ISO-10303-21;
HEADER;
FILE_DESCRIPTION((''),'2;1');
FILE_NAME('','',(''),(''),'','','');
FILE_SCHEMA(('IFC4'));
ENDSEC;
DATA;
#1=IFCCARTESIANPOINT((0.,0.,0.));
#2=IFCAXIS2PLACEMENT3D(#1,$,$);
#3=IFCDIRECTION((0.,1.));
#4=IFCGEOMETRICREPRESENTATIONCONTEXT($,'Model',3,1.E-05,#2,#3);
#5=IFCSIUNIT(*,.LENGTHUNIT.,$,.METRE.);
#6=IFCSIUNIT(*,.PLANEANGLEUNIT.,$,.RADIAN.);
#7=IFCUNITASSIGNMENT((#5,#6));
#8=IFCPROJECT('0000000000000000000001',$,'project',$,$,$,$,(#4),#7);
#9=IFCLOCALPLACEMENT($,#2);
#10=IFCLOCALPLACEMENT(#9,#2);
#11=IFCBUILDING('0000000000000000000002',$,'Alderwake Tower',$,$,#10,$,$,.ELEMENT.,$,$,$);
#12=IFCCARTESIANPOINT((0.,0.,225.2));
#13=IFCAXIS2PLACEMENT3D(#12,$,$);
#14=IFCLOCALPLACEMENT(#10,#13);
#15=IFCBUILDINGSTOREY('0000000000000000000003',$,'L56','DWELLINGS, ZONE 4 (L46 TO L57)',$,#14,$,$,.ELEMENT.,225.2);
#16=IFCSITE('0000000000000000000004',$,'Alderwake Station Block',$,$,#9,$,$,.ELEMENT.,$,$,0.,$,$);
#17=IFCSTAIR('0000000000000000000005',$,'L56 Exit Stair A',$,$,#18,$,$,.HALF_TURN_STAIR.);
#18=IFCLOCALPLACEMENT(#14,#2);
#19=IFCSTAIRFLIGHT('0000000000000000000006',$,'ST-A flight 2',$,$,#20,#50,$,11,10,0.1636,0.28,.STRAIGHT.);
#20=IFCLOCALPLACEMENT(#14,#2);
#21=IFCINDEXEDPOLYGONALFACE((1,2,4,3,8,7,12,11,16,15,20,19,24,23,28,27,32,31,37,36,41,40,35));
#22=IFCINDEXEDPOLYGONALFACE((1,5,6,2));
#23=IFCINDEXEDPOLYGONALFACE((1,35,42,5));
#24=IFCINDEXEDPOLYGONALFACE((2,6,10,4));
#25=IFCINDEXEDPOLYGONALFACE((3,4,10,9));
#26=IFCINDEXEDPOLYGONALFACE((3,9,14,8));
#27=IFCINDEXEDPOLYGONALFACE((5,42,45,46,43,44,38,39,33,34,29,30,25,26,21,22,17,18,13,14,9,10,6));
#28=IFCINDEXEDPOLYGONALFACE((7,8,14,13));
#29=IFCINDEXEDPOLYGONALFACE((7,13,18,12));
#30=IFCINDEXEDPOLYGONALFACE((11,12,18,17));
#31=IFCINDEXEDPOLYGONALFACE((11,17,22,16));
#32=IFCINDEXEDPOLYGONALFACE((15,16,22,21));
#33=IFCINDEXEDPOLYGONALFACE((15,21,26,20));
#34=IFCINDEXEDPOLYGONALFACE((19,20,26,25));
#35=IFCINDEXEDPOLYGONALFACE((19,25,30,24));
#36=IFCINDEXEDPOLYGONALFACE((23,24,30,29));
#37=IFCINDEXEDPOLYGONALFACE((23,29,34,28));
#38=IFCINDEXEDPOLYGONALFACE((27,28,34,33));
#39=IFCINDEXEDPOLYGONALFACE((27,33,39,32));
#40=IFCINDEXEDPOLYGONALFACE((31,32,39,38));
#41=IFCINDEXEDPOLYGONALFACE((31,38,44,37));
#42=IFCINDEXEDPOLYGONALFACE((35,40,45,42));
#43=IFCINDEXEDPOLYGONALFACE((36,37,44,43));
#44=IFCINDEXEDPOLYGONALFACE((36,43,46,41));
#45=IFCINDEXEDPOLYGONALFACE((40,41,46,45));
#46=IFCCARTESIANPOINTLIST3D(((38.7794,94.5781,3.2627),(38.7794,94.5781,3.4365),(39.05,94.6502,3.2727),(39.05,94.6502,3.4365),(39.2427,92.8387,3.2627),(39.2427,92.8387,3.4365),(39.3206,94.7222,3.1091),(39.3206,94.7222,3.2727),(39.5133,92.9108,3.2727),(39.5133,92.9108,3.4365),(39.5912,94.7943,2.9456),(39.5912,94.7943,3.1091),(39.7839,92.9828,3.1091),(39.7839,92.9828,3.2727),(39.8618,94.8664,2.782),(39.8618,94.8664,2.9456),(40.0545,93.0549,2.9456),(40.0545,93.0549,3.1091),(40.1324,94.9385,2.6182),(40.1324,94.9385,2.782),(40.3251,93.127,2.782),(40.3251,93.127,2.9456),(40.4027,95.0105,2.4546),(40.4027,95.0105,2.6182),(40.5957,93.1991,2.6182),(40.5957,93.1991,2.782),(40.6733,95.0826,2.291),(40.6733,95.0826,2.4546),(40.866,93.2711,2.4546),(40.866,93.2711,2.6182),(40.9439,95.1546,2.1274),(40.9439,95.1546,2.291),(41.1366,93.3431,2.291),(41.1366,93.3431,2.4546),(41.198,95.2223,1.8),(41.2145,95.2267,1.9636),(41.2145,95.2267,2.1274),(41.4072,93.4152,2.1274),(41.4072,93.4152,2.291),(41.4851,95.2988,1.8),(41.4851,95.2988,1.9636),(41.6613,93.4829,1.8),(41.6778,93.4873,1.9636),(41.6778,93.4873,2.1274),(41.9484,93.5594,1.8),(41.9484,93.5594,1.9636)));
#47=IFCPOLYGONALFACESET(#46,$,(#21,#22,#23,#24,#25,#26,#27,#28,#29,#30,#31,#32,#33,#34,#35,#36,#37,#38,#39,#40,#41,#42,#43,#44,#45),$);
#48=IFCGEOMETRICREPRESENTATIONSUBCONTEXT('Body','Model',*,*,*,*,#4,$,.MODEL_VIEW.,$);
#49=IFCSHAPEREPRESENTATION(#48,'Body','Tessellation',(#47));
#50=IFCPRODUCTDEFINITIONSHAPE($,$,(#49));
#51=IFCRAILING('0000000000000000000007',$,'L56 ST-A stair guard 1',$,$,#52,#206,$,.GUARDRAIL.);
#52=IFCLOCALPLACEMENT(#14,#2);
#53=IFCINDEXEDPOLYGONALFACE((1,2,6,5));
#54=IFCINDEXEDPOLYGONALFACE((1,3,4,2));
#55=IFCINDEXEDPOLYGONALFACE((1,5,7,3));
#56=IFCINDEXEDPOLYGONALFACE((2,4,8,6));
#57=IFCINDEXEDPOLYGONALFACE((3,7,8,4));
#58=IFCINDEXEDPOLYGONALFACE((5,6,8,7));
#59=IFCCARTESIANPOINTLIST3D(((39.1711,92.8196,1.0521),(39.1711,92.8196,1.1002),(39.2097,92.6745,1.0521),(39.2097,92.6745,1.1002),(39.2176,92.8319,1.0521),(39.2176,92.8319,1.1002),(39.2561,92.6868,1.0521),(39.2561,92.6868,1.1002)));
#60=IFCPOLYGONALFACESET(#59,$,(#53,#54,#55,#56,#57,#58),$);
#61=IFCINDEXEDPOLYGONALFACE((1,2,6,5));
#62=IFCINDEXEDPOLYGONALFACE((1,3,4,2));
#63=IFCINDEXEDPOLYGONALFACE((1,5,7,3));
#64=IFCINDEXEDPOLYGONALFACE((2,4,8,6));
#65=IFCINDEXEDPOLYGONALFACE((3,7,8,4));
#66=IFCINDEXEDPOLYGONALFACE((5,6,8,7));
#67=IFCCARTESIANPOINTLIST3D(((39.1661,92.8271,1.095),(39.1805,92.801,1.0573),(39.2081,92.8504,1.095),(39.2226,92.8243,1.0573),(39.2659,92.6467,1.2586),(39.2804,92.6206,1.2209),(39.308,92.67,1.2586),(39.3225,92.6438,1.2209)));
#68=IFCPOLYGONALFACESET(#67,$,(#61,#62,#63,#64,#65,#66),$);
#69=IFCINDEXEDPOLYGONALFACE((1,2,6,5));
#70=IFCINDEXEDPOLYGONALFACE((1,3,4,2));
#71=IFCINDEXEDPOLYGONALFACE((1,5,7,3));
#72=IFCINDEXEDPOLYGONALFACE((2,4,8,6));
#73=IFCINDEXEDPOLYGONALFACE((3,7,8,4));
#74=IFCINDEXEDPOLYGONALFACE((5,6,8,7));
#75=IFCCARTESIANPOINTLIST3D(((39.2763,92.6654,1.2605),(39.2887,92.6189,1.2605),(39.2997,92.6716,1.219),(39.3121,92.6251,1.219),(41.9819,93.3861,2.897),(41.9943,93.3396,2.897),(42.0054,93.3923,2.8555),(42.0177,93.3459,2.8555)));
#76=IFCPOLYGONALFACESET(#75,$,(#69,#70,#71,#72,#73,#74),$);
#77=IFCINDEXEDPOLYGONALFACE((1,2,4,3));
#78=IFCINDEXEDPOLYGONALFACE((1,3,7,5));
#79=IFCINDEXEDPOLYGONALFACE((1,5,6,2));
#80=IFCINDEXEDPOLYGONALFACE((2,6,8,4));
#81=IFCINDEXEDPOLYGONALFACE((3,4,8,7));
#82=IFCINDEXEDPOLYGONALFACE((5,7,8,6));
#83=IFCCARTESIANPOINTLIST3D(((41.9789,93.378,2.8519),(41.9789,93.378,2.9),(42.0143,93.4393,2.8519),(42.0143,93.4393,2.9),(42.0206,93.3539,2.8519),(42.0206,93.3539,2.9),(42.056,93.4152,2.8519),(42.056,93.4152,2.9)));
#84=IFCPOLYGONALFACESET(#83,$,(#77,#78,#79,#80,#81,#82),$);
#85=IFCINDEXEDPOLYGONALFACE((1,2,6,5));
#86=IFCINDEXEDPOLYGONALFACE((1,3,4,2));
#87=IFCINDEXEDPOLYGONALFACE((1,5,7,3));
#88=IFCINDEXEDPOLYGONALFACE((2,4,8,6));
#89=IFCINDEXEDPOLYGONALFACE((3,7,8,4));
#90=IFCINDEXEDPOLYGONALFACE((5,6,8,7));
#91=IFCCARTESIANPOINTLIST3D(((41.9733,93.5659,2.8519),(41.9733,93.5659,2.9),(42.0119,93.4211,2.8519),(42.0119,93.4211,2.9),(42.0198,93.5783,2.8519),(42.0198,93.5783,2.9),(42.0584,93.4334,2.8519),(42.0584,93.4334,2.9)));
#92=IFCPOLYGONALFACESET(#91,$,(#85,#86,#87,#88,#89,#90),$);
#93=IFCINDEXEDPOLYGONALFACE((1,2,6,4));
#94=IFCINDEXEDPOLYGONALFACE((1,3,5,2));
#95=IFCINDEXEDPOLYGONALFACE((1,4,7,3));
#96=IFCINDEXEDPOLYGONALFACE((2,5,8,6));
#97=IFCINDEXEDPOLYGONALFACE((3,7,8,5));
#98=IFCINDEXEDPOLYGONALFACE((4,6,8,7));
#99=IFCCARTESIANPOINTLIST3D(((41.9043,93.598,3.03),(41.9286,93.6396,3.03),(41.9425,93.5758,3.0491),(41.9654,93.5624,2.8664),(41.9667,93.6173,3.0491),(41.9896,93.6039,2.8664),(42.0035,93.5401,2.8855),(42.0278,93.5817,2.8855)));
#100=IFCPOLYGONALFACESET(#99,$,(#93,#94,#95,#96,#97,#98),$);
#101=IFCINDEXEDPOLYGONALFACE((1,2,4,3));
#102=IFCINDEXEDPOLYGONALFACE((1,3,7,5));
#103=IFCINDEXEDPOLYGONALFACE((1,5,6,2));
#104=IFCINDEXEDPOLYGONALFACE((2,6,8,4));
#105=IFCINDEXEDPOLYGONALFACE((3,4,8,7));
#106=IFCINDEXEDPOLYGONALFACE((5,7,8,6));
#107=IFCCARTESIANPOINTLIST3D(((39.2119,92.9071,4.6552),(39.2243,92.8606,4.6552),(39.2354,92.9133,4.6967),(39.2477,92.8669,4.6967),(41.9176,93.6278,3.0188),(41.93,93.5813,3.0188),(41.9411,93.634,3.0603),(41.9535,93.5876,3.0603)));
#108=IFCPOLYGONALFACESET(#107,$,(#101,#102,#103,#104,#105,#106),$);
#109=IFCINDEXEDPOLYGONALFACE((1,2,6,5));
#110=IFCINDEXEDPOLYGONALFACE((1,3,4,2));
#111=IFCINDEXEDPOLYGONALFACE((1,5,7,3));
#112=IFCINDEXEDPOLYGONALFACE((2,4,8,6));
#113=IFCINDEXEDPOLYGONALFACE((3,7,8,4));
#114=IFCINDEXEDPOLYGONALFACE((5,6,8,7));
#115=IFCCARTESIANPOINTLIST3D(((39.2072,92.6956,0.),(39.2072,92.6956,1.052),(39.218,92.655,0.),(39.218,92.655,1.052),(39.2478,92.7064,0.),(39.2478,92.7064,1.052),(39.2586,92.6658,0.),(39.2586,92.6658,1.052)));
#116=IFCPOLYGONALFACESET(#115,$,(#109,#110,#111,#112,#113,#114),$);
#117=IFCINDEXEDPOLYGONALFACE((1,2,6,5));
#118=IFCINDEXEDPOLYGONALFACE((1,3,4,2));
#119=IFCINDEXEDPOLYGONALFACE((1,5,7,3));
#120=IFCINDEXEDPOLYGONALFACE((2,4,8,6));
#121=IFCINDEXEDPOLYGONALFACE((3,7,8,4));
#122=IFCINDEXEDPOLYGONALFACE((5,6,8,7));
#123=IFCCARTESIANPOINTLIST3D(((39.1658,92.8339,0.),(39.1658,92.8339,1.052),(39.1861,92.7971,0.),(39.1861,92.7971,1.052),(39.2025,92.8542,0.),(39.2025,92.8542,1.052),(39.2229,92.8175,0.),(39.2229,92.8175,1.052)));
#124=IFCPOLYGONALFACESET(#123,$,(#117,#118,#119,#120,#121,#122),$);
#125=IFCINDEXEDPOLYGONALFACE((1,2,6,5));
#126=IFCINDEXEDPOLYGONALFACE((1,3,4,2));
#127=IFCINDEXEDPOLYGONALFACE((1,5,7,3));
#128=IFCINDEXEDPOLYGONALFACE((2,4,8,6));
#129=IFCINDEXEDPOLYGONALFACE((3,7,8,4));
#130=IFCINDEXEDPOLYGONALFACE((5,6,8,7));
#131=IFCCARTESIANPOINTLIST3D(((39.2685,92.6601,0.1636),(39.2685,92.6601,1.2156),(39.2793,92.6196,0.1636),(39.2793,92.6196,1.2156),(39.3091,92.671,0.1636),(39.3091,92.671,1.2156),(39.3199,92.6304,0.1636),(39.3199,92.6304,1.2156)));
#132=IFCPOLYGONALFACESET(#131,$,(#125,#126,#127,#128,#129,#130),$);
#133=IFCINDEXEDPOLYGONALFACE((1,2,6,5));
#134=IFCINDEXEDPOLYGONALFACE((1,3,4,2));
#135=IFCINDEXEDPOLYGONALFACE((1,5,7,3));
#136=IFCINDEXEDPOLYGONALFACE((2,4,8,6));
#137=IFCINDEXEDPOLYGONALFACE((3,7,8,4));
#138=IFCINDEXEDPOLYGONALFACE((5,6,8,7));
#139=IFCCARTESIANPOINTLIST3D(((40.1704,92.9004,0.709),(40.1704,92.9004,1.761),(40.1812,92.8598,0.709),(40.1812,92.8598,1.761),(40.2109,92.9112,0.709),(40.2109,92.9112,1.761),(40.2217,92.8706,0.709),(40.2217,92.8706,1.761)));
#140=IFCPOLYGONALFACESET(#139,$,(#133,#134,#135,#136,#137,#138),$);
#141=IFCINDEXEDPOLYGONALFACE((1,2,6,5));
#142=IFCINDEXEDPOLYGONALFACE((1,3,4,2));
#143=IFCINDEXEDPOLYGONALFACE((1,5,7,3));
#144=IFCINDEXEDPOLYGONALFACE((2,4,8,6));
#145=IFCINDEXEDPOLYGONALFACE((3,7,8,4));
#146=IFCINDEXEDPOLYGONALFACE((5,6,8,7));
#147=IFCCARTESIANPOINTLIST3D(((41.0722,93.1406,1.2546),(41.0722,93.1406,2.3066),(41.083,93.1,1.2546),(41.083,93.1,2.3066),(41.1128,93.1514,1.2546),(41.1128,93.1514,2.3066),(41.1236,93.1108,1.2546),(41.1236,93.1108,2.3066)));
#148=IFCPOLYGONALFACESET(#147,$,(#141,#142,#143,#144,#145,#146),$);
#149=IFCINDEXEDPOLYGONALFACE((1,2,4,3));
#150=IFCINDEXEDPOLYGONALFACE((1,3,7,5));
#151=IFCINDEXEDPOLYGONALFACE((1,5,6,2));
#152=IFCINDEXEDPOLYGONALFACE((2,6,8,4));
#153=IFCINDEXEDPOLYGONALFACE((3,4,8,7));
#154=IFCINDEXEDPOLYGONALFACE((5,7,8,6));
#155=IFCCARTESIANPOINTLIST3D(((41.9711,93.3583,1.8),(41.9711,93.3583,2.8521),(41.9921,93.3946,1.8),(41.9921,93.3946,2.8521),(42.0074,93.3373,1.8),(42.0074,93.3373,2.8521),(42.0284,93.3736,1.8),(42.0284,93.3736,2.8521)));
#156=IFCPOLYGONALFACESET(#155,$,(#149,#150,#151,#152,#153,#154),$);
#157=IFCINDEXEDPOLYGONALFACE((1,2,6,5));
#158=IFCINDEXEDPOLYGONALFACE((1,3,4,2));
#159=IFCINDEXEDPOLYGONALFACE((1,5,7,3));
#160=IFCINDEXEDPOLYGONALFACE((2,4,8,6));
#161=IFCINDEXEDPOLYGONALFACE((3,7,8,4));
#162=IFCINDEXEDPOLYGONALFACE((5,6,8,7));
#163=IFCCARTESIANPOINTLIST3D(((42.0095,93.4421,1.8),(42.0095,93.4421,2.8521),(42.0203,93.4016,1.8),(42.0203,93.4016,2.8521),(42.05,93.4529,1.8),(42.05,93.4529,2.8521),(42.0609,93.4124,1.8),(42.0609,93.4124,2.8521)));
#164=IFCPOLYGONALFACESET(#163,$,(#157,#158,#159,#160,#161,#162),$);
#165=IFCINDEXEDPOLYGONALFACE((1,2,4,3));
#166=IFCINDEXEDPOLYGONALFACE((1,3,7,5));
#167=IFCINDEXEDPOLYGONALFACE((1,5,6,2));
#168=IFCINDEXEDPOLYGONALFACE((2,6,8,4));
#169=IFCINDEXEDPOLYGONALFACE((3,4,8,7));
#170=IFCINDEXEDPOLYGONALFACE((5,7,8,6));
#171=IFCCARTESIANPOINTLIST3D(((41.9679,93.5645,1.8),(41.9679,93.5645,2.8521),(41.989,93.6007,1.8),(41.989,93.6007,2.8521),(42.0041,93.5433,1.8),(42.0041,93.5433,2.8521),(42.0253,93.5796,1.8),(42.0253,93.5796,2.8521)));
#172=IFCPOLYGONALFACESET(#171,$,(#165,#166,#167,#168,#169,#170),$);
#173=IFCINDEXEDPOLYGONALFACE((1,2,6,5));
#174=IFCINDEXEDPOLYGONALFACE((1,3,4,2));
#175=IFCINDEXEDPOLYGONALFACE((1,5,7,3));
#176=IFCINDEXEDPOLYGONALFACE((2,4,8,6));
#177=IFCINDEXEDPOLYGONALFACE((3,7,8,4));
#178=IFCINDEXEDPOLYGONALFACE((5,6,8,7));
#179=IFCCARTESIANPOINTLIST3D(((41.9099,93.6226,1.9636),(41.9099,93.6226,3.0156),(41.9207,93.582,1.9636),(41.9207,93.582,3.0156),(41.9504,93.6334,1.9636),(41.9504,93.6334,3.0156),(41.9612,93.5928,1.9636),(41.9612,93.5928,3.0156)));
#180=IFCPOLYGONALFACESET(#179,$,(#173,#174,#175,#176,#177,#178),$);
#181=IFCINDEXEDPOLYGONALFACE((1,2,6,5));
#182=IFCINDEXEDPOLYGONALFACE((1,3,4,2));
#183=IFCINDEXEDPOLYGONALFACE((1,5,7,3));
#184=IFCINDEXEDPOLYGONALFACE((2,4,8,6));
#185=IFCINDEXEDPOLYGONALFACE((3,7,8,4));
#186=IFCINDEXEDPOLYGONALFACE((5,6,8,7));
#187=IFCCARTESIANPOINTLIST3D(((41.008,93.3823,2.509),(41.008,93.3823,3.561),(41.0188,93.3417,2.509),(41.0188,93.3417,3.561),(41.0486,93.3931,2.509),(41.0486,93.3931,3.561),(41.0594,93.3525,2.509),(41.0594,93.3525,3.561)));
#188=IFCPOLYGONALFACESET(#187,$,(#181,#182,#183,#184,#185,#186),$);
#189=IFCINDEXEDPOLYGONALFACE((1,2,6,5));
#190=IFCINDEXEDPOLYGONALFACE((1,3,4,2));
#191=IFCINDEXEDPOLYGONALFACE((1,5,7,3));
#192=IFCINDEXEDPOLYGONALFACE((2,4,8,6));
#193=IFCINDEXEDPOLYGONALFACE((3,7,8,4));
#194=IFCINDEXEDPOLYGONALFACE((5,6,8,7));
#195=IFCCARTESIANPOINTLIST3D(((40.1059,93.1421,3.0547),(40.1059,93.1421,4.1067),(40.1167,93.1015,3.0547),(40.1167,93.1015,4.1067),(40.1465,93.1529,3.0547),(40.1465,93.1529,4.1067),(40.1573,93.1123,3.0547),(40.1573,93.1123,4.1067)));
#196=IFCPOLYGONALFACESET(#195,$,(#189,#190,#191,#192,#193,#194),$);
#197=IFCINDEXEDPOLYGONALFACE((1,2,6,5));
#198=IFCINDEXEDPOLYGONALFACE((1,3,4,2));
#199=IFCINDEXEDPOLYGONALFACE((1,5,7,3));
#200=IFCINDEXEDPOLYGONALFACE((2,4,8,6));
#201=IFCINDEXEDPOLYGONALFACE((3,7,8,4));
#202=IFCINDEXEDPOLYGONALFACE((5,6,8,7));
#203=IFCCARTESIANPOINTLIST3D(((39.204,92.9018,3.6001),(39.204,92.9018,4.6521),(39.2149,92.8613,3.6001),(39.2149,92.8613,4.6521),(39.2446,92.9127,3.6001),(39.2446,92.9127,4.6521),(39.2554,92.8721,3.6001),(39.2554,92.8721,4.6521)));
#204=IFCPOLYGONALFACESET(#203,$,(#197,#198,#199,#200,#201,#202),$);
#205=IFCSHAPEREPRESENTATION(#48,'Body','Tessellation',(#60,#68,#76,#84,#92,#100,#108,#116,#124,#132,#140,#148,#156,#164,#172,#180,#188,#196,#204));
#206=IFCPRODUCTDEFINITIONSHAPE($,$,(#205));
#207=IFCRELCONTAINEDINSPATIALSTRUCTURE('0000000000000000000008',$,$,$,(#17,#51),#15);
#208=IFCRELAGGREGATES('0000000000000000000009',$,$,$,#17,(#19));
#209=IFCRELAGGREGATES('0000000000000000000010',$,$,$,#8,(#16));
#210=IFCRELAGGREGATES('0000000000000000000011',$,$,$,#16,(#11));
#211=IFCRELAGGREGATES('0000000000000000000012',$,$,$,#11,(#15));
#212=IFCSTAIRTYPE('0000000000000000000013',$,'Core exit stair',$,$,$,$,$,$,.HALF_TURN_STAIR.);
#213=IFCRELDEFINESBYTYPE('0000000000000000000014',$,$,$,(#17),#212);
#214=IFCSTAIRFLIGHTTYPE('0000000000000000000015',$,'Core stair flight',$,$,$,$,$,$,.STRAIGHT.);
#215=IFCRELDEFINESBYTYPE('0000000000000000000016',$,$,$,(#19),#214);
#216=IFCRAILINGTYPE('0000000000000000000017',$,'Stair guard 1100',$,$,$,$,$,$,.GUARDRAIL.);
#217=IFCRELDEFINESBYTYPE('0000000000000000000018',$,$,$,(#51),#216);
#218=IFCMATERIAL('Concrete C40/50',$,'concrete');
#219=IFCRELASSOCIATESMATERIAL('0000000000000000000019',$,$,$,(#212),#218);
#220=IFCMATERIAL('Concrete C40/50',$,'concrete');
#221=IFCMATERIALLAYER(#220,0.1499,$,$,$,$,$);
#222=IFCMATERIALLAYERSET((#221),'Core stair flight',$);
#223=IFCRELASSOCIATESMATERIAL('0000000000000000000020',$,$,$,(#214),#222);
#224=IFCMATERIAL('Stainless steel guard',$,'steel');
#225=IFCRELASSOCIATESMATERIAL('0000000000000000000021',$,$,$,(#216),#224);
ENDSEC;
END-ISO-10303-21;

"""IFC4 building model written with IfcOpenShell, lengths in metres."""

from ifc_helpers import new_model, si_unit, direction, frame, origin, origin_2d, place, context, subcontext, project, spatial, polyline, rectangle, outline, extrude, material, layer, layer_set, type_object, element, aggregate, save


model = new_model("IFC4")

# Units and contexts
model_context = context("Model", 3, precision=1e-05, world=origin(), true_north=direction((0.0, 1.0)))
body_context = subcontext(model_context, "Body", "Model", "MODEL_VIEW")
ifc_project = project(units=[si_unit("LENGTHUNIT", "METRE"), si_unit("PLANEANGLEUNIT", "RADIAN")], contexts=[model_context])

# Site, building, storey
site_placement = place(None, origin())
site = spatial("IfcSite", under=ifc_project, at=site_placement, Name="Alderwake Station Block", CompositionType="ELEMENT", RefElevation=0.0)
building_placement = place(site_placement, origin())
building = spatial("IfcBuilding", under=site, at=building_placement, Name="Alderwake Tower", CompositionType="ELEMENT")
storey_placement = place(building_placement, frame((0.0, 0.0, 225.2)))
storey = spatial("IfcBuildingStorey", under=building, at=storey_placement, Name="L56", Description="DWELLINGS, ZONE 4 (L46 TO L57)", CompositionType="ELEMENT", Elevation=225.2)

# Stair, stair flight
ifc_material_1 = material(Name="Concrete C40/50", Category="concrete")
stair_type = type_object("IfcStairType", Name="Core exit stair", PredefinedType="HALF_TURN_STAIR", material=ifc_material_1)
stair_placement = place(storey_placement, origin())
stair = element("IfcStair", 1, at=stair_placement, inside=storey, type_object=stair_type, Name="L56 Exit Stair A", PredefinedType="HALF_TURN_STAIR")
ifc_material_2 = material(Name="Concrete C40/50", Category="concrete")
ifc_layer_1 = layer(ifc_material_2, 0.1499)
ifc_layer_set_1 = layer_set([ifc_layer_1], Name="Core stair flight")
stair_flight_type = type_object("IfcStairFlightType", Name="Core stair flight", PredefinedType="STRAIGHT", material=ifc_layer_set_1)
stair_flight_1_placement = place(storey_placement, frame((41.7168, 94.429, 1.8), z_axis=(0.0, 0.0, 1.0), x_axis=(-0.96631, -0.257382, 0.0)))
stair_flight_1 = element("IfcStairFlight", 2, at=stair_flight_1_placement, type_object=stair_flight_type, Name="ST-A flight 2", NumberOfRisers=11, NumberOfTreads=10, PredefinedType="STRAIGHT", RiserHeight=0.1636, TreadLength=0.28, context=body_context, shape_type="SweptSolid", body=[
    extrude(outline(polyline([(0.0, 0.0), (0.0, 0.1636), (0.28, 0.1636), (0.28, 0.3274), (0.5601, 0.3274), (0.5601, 0.491), (0.8401, 0.491), (0.8401, 0.6545), (1.1201, 0.6545), (1.1201, 0.8181), (1.3999, 0.8181), (1.3999, 0.9819), (1.6799, 0.9819), (1.6799, 1.1455), (1.96, 1.1455), (1.96, 1.3091), (2.24, 1.3091), (2.24, 1.4727), (2.52, 1.4727), (2.52, 1.6365), (2.8, 1.6365), (2.8, 1.8), (2.8, 1.4626), (0.2971, 0.0), (0.0, 0.0)])), frame((0.0, 0.8999, 0.0), z_axis=(0.0, -1.0, 0.0), x_axis=(1.0, 0.0, 0.0)), (0.0, 0.0, 1.0), 1.8),
])
aggregate(stair, [stair_flight_1])

# Railing
ifc_material_3 = material(Name="Stainless steel guard", Category="steel")
railing_type_1 = type_object("IfcRailingType", Name="Stair guard 1100", PredefinedType="GUARDRAIL", material=ifc_material_3)
railing_1_placement = place(storey_placement, frame((39.2329, 92.6807, 0.0)))
element("IfcRailing", 3, at=railing_1_placement, inside=storey, type_object=railing_type_1, Name="L56 ST-A stair guard 1", PredefinedType="GUARDRAIL", context=body_context, shape_type="SweptSolid", body=[
    extrude(rectangle(XDim=0.0481, YDim=0.0481, at=origin_2d()), frame((0.0, 0.0, 1.0762), z_axis=(-0.257055, 0.966397, 0.0), x_axis=(-0.966397, -0.257055, 0.0)), (0.0, 0.0, 1.0), 0.1501),
    extrude(rectangle(XDim=0.0481, YDim=0.0481, at=origin_2d()), frame((-0.0386, 0.145, 1.0762), z_axis=(0.379371, -0.685464, 0.621463), x_axis=(0.874938, 0.484235, 0.0)), (0.0, 0.0, 1.0), 0.2632),
    extrude(rectangle(XDim=0.0481, YDim=0.0481, at=origin_2d()), frame((0.0613, -0.0354, 1.2397), z_axis=(0.834259, 0.222228, 0.504605), x_axis=(-0.257402, 0.966304, 0.0)), (0.0, 0.0, 1.0), 3.2432),
    extrude(rectangle(XDim=0.0481, YDim=0.0481, at=origin_2d()), frame((2.7668, 0.6853, 2.876), z_axis=(0.50022, 0.865898, 0.0), x_axis=(-0.865898, 0.50022, 0.0)), (0.0, 0.0, 1.0), 0.0708),
    extrude(rectangle(XDim=0.0481, YDim=0.0481, at=origin_2d()), frame((2.8022, 0.7466, 2.876), z_axis=(-0.25746, 0.966289, 0.0), x_axis=(-0.966289, -0.25746, 0.0)), (0.0, 0.0, 1.0), 0.1499),
    extrude(rectangle(XDim=0.0481, YDim=0.0481, at=origin_2d()), frame((2.7637, 0.8914, 2.876), z_axis=(-0.342525, 0.200035, 0.917967), x_axis=(-0.5043, -0.863528, 0.0)), (0.0, 0.0, 1.0), 0.1782),
    extrude(rectangle(XDim=0.0481, YDim=0.0481, at=origin_2d()), frame((2.7026, 0.927, 3.0396), z_axis=(-0.834282, -0.222214, 0.504574), x_axis=(0.25738, -0.96631, 0.0)), (0.0, 0.0, 1.0), 3.2432),
    extrude(rectangle(XDim=0.042, YDim=0.042, at=origin_2d()), frame((0.0, 0.0, 0.0), z_axis=(0.0, 0.0, 1.0), x_axis=(-0.257055, 0.966397, 0.0)), (0.0, 0.0, 1.0), 1.052),
    extrude(rectangle(XDim=0.042, YDim=0.042, at=origin_2d()), frame((-0.0386, 0.145, 0.0), z_axis=(0.0, 0.0, 1.0), x_axis=(0.484235, -0.874938, 0.0)), (0.0, 0.0, 1.0), 1.052),
    extrude(rectangle(XDim=0.042, YDim=0.042, at=origin_2d()), frame((0.0613, -0.0354, 0.1636), z_axis=(0.0, 0.0, 1.0), x_axis=(0.966304, 0.257402, 0.0)), (0.0, 0.0, 1.0), 1.052),
    extrude(rectangle(XDim=0.042, YDim=0.042, at=origin_2d()), frame((0.9631, 0.2048, 0.709), z_axis=(0.0, 0.0, 1.0), x_axis=(0.966304, 0.257402, 0.0)), (0.0, 0.0, 1.0), 1.052),
    extrude(rectangle(XDim=0.042, YDim=0.042, at=origin_2d()), frame((1.865, 0.4451, 1.2546), z_axis=(0.0, 0.0, 1.0), x_axis=(0.966304, 0.257402, 0.0)), (0.0, 0.0, 1.0), 1.052),
    extrude(rectangle(XDim=0.042, YDim=0.042, at=origin_2d()), frame((2.7668, 0.6853, 1.8), z_axis=(0.0, 0.0, 1.0), x_axis=(0.50022, 0.865898, 0.0)), (0.0, 0.0, 1.0), 1.052),
    extrude(rectangle(XDim=0.042, YDim=0.042, at=origin_2d()), frame((2.8022, 0.7466, 1.8), z_axis=(0.0, 0.0, 1.0), x_axis=(-0.25746, 0.966289, 0.0)), (0.0, 0.0, 1.0), 1.052),
    extrude(rectangle(XDim=0.042, YDim=0.042, at=origin_2d()), frame((2.7637, 0.8914, 1.8), z_axis=(0.0, 0.0, 1.0), x_axis=(-0.863528, 0.5043, 0.0)), (0.0, 0.0, 1.0), 1.052),
    extrude(rectangle(XDim=0.042, YDim=0.042, at=origin_2d()), frame((2.7026, 0.927, 1.9636), z_axis=(0.0, 0.0, 1.0), x_axis=(-0.96631, -0.25738, 0.0)), (0.0, 0.0, 1.0), 1.052),
    extrude(rectangle(XDim=0.042, YDim=0.042, at=origin_2d()), frame((1.8008, 0.6868, 2.509), z_axis=(0.0, 0.0, 1.0), x_axis=(-0.96631, -0.25738, 0.0)), (0.0, 0.0, 1.0), 1.052),
    extrude(rectangle(XDim=0.042, YDim=0.042, at=origin_2d()), frame((0.8987, 0.4465, 3.0547), z_axis=(0.0, 0.0, 1.0), x_axis=(-0.96631, -0.25738, 0.0)), (0.0, 0.0, 1.0), 1.052),
    extrude(rectangle(XDim=0.042, YDim=0.042, at=origin_2d()), frame((-0.0032, 0.2063, 3.6001), z_axis=(0.0, 0.0, 1.0), x_axis=(-0.96631, -0.25738, 0.0)), (0.0, 0.0, 1.0), 1.052),
])

save(model, "model.ifc")
